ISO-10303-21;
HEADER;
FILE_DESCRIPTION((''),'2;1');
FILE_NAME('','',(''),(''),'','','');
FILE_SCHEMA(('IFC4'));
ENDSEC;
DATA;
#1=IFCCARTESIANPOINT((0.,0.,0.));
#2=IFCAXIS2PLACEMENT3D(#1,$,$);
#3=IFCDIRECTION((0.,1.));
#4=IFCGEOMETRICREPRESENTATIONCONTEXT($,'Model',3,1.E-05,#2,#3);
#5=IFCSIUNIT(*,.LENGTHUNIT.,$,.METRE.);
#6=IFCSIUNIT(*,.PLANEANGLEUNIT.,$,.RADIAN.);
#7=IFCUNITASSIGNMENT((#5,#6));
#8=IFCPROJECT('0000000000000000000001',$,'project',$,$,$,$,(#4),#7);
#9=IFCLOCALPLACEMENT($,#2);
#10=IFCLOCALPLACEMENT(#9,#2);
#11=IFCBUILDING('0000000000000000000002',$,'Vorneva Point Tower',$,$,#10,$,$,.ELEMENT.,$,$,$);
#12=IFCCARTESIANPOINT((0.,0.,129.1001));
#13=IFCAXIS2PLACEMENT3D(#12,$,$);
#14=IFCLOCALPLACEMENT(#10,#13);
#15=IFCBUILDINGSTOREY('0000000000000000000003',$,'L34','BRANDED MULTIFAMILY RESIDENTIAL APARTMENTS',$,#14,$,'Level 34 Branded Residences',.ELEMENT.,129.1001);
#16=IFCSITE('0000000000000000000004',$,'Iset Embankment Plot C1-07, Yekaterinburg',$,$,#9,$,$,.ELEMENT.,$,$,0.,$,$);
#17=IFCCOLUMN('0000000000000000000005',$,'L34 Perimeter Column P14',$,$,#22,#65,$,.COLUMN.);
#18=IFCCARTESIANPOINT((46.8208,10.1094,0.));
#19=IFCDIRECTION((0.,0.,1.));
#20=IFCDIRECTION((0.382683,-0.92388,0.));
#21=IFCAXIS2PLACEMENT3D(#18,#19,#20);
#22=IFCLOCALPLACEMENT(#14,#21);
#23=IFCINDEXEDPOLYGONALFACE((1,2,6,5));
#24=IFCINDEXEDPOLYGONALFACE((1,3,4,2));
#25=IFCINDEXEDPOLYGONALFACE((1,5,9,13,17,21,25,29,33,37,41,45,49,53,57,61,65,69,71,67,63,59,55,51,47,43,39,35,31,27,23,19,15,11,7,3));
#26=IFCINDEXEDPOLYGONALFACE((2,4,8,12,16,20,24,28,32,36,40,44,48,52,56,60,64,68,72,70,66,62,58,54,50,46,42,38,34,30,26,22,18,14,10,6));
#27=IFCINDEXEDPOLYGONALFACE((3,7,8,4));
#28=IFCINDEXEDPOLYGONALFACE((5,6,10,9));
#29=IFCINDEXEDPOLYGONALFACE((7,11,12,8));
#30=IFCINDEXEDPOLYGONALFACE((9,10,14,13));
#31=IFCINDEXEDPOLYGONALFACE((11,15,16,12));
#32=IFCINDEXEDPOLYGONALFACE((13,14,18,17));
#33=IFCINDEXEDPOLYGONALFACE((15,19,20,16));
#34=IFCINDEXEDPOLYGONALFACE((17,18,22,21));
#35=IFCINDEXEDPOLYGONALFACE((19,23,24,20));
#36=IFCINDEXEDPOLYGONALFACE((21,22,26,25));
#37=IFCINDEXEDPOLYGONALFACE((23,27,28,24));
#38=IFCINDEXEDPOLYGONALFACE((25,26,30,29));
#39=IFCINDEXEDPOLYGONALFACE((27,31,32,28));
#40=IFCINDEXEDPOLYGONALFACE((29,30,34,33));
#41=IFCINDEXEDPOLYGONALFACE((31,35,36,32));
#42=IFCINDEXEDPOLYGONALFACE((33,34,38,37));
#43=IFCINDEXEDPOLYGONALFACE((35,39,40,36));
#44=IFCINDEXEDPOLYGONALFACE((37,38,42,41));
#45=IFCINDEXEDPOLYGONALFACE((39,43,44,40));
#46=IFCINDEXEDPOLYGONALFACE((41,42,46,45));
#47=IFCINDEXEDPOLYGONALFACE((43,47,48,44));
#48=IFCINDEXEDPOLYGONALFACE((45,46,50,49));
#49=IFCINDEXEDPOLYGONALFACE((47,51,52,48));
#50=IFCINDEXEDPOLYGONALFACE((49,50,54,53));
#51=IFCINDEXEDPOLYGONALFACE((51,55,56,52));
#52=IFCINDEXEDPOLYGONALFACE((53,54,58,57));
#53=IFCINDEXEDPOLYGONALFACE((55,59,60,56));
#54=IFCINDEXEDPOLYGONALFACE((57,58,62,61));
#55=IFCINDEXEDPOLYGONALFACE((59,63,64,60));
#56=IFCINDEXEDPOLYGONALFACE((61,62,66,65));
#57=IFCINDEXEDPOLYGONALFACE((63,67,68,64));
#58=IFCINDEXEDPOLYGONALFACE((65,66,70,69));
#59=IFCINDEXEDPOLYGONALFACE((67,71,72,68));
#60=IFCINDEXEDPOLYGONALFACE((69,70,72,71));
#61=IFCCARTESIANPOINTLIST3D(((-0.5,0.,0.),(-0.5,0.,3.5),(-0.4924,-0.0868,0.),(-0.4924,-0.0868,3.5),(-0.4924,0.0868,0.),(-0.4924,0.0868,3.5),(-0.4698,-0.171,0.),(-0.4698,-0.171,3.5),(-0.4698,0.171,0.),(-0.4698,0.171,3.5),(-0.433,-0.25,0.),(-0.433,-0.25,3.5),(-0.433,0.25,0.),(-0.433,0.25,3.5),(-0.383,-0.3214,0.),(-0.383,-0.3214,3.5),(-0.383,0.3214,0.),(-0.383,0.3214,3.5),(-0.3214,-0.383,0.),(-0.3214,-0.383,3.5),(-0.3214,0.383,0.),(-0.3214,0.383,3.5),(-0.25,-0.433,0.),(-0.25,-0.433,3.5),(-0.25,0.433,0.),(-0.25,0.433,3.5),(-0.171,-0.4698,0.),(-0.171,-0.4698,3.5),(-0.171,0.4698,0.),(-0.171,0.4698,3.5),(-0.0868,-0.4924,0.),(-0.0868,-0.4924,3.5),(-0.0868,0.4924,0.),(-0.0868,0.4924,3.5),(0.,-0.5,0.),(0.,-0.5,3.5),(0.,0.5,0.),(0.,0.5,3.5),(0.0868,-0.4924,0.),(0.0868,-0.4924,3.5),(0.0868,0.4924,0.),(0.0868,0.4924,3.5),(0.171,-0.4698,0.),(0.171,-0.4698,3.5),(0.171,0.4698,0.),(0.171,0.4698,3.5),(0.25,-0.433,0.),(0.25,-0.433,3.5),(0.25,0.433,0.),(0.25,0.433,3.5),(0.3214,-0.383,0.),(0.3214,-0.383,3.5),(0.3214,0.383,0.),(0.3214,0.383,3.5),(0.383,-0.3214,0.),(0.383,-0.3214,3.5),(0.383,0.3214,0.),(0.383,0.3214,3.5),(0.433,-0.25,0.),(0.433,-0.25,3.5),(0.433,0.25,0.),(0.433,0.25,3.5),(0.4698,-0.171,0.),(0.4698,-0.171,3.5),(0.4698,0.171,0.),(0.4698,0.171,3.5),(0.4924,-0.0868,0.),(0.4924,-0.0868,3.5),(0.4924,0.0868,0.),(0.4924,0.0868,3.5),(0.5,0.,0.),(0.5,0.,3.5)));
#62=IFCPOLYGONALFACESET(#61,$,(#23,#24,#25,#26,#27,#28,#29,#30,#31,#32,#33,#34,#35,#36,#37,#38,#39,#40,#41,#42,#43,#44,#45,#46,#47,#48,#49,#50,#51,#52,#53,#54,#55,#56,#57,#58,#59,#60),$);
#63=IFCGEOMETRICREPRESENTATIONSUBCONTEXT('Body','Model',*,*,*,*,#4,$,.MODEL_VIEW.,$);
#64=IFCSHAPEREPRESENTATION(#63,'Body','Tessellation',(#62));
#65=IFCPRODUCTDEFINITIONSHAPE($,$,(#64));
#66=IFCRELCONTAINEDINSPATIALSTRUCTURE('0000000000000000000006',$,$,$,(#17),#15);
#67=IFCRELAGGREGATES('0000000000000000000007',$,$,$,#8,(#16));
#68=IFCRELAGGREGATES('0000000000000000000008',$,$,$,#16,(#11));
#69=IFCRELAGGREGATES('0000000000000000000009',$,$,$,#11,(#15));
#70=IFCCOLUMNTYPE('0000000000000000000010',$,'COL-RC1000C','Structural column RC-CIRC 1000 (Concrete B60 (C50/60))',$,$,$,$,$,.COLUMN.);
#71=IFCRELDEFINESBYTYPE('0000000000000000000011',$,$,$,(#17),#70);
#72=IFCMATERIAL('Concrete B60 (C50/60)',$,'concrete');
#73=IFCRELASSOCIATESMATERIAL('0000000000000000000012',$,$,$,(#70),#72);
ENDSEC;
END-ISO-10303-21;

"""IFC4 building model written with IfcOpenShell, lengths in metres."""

from ifc_helpers import new_model, si_unit, direction, frame, origin, origin_2d, place, context, subcontext, project, spatial, circle, extrude, material, material_profile, profile_set, type_object, element, save


model = new_model("IFC4")

# Units and contexts
model_context = context("Model", 3, precision=1e-05, world=origin(), true_north=direction((0.0, 1.0)))
body_context = subcontext(model_context, "Body", "Model", "MODEL_VIEW")
ifc_project = project(units=[si_unit("LENGTHUNIT", "METRE"), si_unit("PLANEANGLEUNIT", "RADIAN")], contexts=[model_context])

# Site, building, storey
site_placement = place(None, origin())
site = spatial("IfcSite", under=ifc_project, at=site_placement, Name="Iset Embankment Plot C1-07, Yekaterinburg", CompositionType="ELEMENT", RefElevation=0.0)
building_placement = place(site_placement, origin())
building = spatial("IfcBuilding", under=site, at=building_placement, Name="Vorneva Point Tower", CompositionType="ELEMENT")
storey_placement = place(building_placement, frame((0.0, 0.0, 129.1001)))
storey = spatial("IfcBuildingStorey", under=building, at=storey_placement, Name="L34", Description="BRANDED MULTIFAMILY RESIDENTIAL APARTMENTS", LongName="Level 34 Branded Residences", CompositionType="ELEMENT", Elevation=129.1001)

# Column
ifc_material_1 = material(Name="Concrete B60 (C50/60)", Category="concrete")
ifc_material_profile_1 = material_profile(ifc_material_1, circle(Radius=0.5, at=origin_2d()), Name="RC-CIRC 1000")
ifc_profile_set_1 = profile_set([ifc_material_profile_1], Name="Concrete B60 (C50/60)")
column_type = type_object("IfcColumnType", Name="COL-RC1000C", Description="Structural column RC-CIRC 1000 (Concrete B60 (C50/60))", PredefinedType="COLUMN", material=ifc_profile_set_1)
for number, where, z_axis, x_axis, name in (
    (1, (46.8208, 10.1094, 0.0), (0.0, 0.0, 1.0), (0.382683, -0.92388, 0.0), "L34 Perimeter Column P14"),
):
    element("IfcColumn", number, at=place(storey_placement, frame(where, z_axis=z_axis, x_axis=x_axis)), inside=storey, type_object=column_type, Name=name, PredefinedType="COLUMN", context=body_context, shape_type="SweptSolid", body=[
        extrude(circle(Radius=0.5, at=origin_2d()), origin(), (0.0, 0.0, 1.0), 3.5),
    ])

save(model, "model.ifc")
